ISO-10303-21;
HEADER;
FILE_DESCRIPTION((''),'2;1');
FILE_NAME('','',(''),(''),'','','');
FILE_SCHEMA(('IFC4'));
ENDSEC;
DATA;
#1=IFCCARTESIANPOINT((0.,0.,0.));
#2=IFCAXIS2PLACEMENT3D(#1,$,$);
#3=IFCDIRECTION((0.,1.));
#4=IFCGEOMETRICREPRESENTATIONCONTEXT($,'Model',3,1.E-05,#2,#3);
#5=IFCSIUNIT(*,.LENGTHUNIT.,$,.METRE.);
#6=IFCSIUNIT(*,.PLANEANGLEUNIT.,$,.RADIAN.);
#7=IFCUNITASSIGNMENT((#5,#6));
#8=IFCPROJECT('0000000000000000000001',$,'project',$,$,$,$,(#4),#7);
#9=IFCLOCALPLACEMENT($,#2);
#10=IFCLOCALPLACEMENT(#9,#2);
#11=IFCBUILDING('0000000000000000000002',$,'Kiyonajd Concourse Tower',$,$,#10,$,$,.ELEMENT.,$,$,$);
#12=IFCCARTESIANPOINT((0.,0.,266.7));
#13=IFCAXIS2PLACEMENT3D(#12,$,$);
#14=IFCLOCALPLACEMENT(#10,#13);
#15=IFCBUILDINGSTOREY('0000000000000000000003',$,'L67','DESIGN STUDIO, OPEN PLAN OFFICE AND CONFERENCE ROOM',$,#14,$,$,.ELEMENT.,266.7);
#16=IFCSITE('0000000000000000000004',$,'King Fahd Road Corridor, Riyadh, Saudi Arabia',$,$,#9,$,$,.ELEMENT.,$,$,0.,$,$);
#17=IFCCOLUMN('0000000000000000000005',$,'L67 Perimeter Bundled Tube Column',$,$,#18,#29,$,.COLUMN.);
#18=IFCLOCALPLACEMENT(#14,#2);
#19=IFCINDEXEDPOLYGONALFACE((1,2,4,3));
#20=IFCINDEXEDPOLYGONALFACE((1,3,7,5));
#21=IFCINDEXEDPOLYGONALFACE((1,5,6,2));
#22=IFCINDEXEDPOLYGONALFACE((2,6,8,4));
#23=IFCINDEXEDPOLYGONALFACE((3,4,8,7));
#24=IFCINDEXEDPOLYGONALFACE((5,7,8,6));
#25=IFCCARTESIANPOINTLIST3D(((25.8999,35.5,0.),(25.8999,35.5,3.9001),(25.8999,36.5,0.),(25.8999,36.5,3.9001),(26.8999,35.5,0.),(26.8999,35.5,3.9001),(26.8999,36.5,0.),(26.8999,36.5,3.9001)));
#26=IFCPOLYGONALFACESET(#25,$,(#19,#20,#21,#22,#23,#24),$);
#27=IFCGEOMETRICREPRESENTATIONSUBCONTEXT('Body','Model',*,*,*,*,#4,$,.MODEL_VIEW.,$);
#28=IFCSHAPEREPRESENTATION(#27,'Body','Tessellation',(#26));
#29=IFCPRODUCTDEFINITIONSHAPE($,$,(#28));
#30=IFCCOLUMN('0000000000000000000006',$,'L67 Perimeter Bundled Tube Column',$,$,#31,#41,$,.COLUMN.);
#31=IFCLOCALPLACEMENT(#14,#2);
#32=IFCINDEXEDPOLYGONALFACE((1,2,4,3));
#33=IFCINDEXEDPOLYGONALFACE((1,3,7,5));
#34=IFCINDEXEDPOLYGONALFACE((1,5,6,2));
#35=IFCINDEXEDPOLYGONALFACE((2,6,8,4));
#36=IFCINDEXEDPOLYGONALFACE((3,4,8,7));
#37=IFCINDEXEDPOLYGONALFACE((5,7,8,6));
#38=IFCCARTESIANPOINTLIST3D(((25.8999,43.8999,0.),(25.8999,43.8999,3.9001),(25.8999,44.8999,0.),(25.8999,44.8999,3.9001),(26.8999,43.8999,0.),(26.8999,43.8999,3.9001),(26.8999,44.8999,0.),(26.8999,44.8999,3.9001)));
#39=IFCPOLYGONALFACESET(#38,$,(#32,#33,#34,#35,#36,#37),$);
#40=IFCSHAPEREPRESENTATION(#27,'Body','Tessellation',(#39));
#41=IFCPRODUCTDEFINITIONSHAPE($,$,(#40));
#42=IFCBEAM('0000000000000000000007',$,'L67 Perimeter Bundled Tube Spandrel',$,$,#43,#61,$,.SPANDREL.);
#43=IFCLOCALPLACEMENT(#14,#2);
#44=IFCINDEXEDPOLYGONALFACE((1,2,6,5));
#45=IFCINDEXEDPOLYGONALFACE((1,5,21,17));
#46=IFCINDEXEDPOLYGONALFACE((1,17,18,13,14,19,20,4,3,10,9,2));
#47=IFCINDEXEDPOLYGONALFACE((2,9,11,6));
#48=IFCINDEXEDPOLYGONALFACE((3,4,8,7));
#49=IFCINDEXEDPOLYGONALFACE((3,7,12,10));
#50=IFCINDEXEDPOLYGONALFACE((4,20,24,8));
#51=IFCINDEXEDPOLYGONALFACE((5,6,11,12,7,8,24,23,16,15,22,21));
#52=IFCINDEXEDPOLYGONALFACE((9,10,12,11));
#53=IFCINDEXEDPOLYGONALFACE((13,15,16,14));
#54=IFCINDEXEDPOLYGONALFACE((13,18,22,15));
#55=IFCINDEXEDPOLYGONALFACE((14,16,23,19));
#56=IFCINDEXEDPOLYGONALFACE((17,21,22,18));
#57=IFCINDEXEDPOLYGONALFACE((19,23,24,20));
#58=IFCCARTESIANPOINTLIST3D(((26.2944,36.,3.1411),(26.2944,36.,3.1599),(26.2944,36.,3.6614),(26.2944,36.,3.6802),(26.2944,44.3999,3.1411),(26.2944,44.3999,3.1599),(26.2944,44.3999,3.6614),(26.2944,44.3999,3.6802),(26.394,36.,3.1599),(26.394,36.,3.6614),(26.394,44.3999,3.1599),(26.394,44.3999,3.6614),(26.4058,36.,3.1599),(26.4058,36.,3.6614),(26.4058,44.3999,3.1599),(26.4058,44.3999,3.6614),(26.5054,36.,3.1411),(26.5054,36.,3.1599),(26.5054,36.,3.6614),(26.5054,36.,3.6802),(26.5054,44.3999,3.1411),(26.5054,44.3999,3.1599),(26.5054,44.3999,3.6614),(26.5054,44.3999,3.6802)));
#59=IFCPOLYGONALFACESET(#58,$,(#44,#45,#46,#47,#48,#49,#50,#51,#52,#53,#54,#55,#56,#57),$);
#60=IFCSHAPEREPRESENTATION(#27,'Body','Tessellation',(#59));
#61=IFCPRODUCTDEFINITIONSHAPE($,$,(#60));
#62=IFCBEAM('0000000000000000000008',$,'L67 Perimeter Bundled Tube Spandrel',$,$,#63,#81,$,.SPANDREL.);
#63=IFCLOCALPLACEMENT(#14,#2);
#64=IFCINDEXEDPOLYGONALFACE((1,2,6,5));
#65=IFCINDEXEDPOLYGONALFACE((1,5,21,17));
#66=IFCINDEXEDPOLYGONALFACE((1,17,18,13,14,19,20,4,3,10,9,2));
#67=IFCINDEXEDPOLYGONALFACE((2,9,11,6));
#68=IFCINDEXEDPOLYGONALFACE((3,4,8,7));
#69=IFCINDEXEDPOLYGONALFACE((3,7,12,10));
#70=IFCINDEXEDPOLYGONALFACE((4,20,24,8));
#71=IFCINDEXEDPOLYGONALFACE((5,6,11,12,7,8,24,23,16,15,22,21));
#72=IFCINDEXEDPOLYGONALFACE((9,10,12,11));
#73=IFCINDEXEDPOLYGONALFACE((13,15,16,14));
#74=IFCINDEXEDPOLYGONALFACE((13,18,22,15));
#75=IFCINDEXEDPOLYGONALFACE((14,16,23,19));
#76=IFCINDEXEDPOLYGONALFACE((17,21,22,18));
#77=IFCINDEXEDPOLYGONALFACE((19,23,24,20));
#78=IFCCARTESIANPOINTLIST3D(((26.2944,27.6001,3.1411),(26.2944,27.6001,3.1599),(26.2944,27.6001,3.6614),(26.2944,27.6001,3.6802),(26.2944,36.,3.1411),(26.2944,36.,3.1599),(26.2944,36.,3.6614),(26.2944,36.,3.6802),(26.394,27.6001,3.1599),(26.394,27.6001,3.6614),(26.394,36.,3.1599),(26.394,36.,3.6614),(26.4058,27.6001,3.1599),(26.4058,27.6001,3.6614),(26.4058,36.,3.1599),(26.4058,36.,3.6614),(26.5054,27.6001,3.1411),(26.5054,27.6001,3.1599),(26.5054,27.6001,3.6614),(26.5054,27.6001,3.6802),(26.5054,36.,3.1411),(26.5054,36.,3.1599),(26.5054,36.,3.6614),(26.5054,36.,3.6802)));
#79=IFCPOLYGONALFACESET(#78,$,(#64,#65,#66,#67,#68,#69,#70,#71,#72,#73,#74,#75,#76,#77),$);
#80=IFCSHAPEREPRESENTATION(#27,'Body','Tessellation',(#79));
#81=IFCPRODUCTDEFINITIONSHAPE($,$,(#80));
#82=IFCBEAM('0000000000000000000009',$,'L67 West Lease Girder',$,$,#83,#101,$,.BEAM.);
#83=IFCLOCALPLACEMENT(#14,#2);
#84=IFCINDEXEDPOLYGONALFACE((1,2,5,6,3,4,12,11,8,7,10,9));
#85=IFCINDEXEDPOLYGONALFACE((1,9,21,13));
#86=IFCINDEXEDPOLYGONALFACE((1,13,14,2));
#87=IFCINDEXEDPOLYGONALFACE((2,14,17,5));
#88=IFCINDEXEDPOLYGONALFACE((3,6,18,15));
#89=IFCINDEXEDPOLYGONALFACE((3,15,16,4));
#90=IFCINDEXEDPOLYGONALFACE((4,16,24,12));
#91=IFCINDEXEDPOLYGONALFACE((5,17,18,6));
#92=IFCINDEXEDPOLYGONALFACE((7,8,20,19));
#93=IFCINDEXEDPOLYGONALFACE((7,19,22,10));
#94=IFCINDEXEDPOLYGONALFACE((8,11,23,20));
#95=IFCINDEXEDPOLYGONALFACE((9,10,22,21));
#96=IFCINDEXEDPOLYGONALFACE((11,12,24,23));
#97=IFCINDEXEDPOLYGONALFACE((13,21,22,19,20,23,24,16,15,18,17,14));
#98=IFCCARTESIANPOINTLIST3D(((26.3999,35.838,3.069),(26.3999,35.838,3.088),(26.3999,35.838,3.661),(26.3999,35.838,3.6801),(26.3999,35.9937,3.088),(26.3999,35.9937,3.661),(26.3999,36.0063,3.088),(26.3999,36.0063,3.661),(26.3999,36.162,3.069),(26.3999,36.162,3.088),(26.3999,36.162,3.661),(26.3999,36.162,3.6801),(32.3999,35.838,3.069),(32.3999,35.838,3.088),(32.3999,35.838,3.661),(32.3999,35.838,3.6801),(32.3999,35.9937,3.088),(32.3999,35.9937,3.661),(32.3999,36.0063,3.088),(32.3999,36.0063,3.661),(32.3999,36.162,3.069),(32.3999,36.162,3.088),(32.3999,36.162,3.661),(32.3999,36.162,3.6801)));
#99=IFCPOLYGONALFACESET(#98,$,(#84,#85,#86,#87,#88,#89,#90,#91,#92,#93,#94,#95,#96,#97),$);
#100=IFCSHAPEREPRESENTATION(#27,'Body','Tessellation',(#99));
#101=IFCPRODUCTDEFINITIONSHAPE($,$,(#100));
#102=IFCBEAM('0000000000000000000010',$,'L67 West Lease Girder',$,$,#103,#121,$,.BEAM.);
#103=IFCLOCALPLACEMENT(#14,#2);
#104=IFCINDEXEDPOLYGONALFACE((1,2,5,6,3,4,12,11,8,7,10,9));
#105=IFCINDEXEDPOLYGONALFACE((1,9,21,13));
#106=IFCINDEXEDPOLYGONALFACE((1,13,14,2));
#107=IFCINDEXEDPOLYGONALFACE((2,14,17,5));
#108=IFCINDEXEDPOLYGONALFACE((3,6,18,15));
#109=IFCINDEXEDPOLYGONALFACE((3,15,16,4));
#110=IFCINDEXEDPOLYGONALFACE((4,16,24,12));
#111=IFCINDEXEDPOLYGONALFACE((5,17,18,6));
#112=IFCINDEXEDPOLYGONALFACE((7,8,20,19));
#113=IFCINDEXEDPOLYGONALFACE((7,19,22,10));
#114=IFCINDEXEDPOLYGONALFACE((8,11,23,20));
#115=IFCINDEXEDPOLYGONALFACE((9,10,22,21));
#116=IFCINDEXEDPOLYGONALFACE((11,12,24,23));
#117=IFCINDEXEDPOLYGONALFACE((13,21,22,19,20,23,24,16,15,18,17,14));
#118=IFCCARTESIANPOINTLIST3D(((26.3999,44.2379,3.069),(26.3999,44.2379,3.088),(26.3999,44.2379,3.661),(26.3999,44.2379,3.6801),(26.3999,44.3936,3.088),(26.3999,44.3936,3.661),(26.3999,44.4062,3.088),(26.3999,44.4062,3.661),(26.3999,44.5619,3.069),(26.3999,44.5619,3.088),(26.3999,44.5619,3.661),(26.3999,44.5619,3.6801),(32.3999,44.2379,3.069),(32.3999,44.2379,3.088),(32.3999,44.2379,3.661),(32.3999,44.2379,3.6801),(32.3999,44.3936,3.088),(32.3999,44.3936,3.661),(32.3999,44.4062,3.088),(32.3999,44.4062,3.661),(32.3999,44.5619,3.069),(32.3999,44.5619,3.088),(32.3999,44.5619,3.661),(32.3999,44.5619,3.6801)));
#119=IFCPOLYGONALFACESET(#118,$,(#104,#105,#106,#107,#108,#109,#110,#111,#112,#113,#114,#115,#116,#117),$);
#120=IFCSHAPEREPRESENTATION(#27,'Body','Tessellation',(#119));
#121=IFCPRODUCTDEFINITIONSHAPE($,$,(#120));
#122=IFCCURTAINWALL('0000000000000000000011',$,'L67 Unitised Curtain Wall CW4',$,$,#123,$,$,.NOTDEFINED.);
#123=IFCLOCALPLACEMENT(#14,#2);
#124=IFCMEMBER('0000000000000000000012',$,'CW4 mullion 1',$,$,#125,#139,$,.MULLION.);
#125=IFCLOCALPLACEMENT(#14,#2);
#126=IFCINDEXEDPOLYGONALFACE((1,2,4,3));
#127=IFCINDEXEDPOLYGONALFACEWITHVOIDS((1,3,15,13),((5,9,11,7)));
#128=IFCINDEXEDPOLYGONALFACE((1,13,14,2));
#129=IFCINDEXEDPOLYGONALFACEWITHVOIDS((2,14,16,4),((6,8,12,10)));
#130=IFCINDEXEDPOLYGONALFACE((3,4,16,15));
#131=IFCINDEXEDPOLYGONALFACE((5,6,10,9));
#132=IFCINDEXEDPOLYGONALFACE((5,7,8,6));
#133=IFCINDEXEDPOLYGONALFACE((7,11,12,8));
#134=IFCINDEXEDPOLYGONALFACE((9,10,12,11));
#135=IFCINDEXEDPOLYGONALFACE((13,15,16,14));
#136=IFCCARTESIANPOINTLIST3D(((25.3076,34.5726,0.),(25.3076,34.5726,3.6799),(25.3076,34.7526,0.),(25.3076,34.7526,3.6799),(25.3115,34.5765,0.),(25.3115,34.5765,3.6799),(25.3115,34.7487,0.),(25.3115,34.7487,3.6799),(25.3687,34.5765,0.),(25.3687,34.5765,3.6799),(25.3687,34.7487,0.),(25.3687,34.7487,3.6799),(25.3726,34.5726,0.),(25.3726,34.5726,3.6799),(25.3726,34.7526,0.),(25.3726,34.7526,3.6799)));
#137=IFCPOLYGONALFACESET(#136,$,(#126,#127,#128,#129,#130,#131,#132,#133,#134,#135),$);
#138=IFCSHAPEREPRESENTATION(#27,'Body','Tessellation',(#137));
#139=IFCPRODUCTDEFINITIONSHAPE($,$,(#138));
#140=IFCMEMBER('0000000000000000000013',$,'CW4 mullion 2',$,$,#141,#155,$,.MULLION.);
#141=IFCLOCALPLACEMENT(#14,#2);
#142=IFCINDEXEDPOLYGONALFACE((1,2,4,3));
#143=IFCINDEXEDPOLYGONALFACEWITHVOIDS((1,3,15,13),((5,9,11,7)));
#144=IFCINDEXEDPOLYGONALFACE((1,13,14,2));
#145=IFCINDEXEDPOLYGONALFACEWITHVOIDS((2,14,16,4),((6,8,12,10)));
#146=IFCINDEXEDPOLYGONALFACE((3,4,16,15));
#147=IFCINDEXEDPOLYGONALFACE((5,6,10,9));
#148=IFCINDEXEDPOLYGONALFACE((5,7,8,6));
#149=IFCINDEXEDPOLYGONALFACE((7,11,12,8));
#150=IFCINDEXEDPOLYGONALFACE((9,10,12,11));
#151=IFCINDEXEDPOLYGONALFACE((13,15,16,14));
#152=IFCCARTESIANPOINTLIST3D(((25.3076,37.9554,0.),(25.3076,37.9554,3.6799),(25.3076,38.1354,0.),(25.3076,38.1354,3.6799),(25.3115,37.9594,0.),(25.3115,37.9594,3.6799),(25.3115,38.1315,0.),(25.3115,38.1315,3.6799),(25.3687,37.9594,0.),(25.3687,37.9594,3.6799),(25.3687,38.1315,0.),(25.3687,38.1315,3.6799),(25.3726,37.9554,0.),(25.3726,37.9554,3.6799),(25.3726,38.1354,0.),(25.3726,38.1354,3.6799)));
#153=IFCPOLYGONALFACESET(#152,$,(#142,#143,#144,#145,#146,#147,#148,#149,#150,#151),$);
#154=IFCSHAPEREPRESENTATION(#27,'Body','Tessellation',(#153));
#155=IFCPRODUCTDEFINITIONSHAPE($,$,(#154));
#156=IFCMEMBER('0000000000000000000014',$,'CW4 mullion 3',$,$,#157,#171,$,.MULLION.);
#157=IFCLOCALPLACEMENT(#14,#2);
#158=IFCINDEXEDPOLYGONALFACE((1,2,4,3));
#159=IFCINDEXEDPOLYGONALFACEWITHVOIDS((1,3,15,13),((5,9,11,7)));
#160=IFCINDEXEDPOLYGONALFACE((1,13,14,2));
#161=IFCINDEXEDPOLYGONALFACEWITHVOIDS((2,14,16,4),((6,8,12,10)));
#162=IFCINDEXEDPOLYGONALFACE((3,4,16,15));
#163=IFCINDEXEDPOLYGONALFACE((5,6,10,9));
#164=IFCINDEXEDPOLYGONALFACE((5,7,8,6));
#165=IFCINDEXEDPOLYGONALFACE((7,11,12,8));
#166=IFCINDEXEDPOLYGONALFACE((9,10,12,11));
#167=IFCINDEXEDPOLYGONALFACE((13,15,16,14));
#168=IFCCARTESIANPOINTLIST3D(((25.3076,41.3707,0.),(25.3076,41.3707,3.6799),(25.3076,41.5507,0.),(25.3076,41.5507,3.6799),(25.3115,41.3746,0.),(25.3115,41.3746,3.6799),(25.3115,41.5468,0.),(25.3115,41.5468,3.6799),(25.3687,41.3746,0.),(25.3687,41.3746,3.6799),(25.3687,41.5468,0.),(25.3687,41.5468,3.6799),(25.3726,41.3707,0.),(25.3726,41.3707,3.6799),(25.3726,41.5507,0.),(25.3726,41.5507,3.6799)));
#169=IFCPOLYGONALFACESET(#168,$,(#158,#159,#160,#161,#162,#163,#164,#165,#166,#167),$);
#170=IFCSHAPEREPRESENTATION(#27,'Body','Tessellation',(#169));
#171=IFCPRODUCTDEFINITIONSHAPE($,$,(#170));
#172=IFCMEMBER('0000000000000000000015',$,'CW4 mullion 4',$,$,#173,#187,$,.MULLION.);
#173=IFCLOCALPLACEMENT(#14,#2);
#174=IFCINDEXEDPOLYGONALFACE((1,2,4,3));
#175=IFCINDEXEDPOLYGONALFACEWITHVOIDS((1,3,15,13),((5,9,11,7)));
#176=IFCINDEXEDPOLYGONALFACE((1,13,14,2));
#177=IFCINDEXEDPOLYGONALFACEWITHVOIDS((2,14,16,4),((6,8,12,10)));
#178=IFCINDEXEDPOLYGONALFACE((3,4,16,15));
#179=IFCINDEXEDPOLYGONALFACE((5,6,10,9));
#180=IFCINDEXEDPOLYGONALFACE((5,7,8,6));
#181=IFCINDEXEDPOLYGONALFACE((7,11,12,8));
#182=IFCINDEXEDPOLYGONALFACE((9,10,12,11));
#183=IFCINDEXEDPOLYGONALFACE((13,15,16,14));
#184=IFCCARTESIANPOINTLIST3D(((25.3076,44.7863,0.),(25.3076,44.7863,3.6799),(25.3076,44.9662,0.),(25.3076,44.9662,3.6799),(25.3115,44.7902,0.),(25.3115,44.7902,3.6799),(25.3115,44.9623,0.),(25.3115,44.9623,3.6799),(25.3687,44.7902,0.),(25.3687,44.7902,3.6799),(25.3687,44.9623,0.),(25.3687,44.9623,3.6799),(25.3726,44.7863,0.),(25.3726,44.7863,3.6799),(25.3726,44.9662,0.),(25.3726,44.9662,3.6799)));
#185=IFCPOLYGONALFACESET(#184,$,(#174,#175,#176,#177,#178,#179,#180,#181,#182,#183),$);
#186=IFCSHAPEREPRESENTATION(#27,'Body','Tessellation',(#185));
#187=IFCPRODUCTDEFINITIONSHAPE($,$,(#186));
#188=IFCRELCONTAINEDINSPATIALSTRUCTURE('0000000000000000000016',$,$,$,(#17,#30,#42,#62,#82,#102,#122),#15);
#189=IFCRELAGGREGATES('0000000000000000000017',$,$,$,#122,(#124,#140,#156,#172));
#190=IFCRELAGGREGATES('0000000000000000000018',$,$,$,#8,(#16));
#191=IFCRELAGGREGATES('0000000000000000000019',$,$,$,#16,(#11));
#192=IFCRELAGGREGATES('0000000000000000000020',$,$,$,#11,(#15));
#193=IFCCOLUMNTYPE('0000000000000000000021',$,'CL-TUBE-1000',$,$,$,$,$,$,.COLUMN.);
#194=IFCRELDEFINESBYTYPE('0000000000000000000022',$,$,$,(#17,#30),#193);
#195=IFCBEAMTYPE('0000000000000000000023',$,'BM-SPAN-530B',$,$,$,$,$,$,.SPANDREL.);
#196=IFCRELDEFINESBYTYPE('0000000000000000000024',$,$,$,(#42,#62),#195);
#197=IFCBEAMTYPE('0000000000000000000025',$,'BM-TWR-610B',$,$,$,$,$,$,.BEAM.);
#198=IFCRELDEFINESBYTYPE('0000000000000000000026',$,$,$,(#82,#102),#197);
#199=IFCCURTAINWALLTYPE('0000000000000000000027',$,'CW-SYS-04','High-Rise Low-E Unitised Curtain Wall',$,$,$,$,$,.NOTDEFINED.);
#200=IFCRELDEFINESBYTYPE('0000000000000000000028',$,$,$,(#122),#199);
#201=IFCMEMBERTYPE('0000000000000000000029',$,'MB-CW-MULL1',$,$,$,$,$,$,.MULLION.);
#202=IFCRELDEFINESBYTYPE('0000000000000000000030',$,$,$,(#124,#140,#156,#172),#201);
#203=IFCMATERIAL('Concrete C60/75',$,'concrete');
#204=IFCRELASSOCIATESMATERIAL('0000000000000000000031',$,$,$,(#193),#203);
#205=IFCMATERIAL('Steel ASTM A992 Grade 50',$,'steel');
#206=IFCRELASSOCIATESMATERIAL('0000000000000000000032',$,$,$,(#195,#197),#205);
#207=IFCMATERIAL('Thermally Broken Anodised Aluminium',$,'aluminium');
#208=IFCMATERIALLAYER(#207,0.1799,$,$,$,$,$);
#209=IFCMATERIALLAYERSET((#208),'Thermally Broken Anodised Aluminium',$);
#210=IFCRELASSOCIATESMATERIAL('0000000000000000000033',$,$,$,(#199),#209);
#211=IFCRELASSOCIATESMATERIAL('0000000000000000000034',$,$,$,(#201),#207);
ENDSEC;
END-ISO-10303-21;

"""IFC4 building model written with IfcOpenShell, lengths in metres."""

from ifc_helpers import new_model, si_unit, direction, frame, origin, origin_2d, place, context, subcontext, project, spatial, rectangle, hollow_rectangle, i_section, extrude, material, layer, layer_set, material_profile, profile_set, type_object, element, aggregate, save


model = new_model("IFC4")

# Units and contexts
model_context = context("Model", 3, precision=1e-05, world=origin(), true_north=direction((0.0, 1.0)))
body_context = subcontext(model_context, "Body", "Model", "MODEL_VIEW")
ifc_project = project(units=[si_unit("LENGTHUNIT", "METRE"), si_unit("PLANEANGLEUNIT", "RADIAN")], contexts=[model_context])

# Site, building, storey
site_placement = place(None, origin())
site = spatial("IfcSite", under=ifc_project, at=site_placement, Name="King Fahd Road Corridor, Riyadh, Saudi Arabia", CompositionType="ELEMENT", RefElevation=0.0)
building_placement = place(site_placement, origin())
building = spatial("IfcBuilding", under=site, at=building_placement, Name="Kiyonajd Concourse Tower", CompositionType="ELEMENT")
storey_placement = place(building_placement, frame((0.0, 0.0, 266.7)))
storey = spatial("IfcBuildingStorey", under=building, at=storey_placement, Name="L67", Description="DESIGN STUDIO, OPEN PLAN OFFICE AND CONFERENCE ROOM", CompositionType="ELEMENT", Elevation=266.7)

# Columns
ifc_material_1 = material(Name="Concrete C60/75", Category="concrete")
ifc_material_profile_1 = material_profile(ifc_material_1, rectangle(XDim=1.0, YDim=1.0, at=origin_2d()), Name="RC-1000x1000")
ifc_profile_set_1 = profile_set([ifc_material_profile_1], Name="Concrete C60/75")
column_type = type_object("IfcColumnType", Name="CL-TUBE-1000", PredefinedType="COLUMN", material=ifc_profile_set_1)
for number, where, z_axis, x_axis, name in (
    (1, (26.3999, 36.0, 0.0), (0.0, 0.0, 1.0), (1.0, 0.0, 0.0), "L67 Perimeter Bundled Tube Column"),
    (2, (26.3999, 44.3999, 0.0), (0.0, 0.0, 1.0), (1.0, 0.0, 0.0), "L67 Perimeter Bundled Tube Column"),
):
    element("IfcColumn", number, at=place(storey_placement, frame(where, z_axis=z_axis, x_axis=x_axis)), inside=storey, type_object=column_type, Name=name, PredefinedType="COLUMN", context=body_context, shape_type="SweptSolid", body=[
        extrude(rectangle(XDim=1.0, YDim=1.0, at=origin_2d()), origin(), (0.0, 0.0, 1.0), 3.9001),
    ])

# Beams
ifc_material_2 = material(Name="Steel ASTM A992 Grade 50", Category="steel")
ifc_material_profile_2 = material_profile(ifc_material_2, i_section(OverallWidth=0.2109, OverallDepth=0.5391, WebThickness=0.0117, FlangeThickness=0.0188, at=origin_2d()), Name="W530X109")
ifc_profile_set_2 = profile_set([ifc_material_profile_2], Name="Steel ASTM A992 Grade 50")
beam_type_1 = type_object("IfcBeamType", Name="BM-SPAN-530B", PredefinedType="SPANDREL", material=ifc_profile_set_2)
for number, where, z_axis, x_axis, name in (
    (3, (26.3999, 44.3999, 3.4106), (0.0, -1.0, 0.0), (1.0, 0.0, 0.0), "L67 Perimeter Bundled Tube Spandrel"),
    (4, (26.3999, 36.0, 3.4106), (0.0, -1.0, 0.0), (1.0, 0.0, 0.0), "L67 Perimeter Bundled Tube Spandrel"),
):
    element("IfcBeam", number, at=place(storey_placement, frame(where, z_axis=z_axis, x_axis=x_axis)), inside=storey, type_object=beam_type_1, Name=name, PredefinedType="SPANDREL", context=body_context, shape_type="SweptSolid", body=[
        extrude(i_section(OverallWidth=0.2109, OverallDepth=0.5391, WebThickness=0.0117, FlangeThickness=0.0188, at=origin_2d()), origin(), (0.0, 0.0, 1.0), 8.3999),
    ])
ifc_material_profile_3 = material_profile(ifc_material_2, i_section(OverallWidth=0.324, OverallDepth=0.6111, WebThickness=0.0127, FlangeThickness=0.019, at=origin_2d()), Name="W610X155")
ifc_profile_set_3 = profile_set([ifc_material_profile_3], Name="Steel ASTM A992 Grade 50")
beam_type_2 = type_object("IfcBeamType", Name="BM-TWR-610B", PredefinedType="BEAM", material=ifc_profile_set_3)
for number, where, z_axis, x_axis, name in (
    (5, (26.3999, 36.0, 3.3745), (1.0, 0.0, 0.0), (0.0, 1.0, 0.0), "L67 West Lease Girder"),
    (6, (26.3999, 44.3999, 3.3745), (1.0, 0.0, 0.0), (0.0, 1.0, 0.0), "L67 West Lease Girder"),
):
    element("IfcBeam", number, at=place(storey_placement, frame(where, z_axis=z_axis, x_axis=x_axis)), inside=storey, type_object=beam_type_2, Name=name, PredefinedType="BEAM", context=body_context, shape_type="SweptSolid", body=[
        extrude(i_section(OverallWidth=0.324, OverallDepth=0.6111, WebThickness=0.0127, FlangeThickness=0.019, at=origin_2d()), origin(), (0.0, 0.0, 1.0), 6.0),
    ])

# Curtain wall, members
ifc_material_3 = material(Name="Thermally Broken Anodised Aluminium", Category="aluminium")
ifc_layer_1 = layer(ifc_material_3, 0.1799)
ifc_layer_set_1 = layer_set([ifc_layer_1], Name="Thermally Broken Anodised Aluminium")
curtain_wall_type = type_object("IfcCurtainWallType", Name="CW-SYS-04", Description="High-Rise Low-E Unitised Curtain Wall", PredefinedType="NOTDEFINED", material=ifc_layer_set_1)
curtain_wall_placement = place(storey_placement, origin())
curtain_wall = element("IfcCurtainWall", 7, at=curtain_wall_placement, inside=storey, type_object=curtain_wall_type, Name="L67 Unitised Curtain Wall CW4", PredefinedType="NOTDEFINED")
ifc_material_profile_4 = material_profile(ifc_material_3, hollow_rectangle(XDim=0.0649, YDim=0.1799, WallThickness=0.0039, at=origin_2d()), Name="MULL-65x180")
ifc_profile_set_4 = profile_set([ifc_material_profile_4], Name="Thermally Broken Anodised Aluminium")
member_type_1 = type_object("IfcMemberType", Name="MB-CW-MULL1", PredefinedType="MULLION", material=ifc_profile_set_4)
member_1_placement = place(storey_placement, frame((25.3401, 34.6626, 0.0), z_axis=(0.0, 0.0, 1.0), x_axis=(-1.0, 0.0, 0.0)))
member_1 = element("IfcMember", 8, at=member_1_placement, type_object=member_type_1, Name="CW4 mullion 1", PredefinedType="MULLION", context=body_context, shape_type="SweptSolid", body=[
    extrude(hollow_rectangle(XDim=0.0649, YDim=0.1799, WallThickness=0.0039, at=origin_2d()), origin(), (0.0, 0.0, 1.0), 3.6799),
])
member_2_placement = place(storey_placement, frame((25.3401, 38.0454, 0.0), z_axis=(0.0, 0.0, 1.0), x_axis=(-1.0, 0.0, 0.0)))
member_2 = element("IfcMember", 9, at=member_2_placement, type_object=member_type_1, Name="CW4 mullion 2", PredefinedType="MULLION", context=body_context, shape_type="SweptSolid", body=[
    extrude(hollow_rectangle(XDim=0.0649, YDim=0.1799, WallThickness=0.0039, at=origin_2d()), origin(), (0.0, 0.0, 1.0), 3.6799),
])
member_3_placement = place(storey_placement, frame((25.3401, 41.4607, 0.0), z_axis=(0.0, 0.0, 1.0), x_axis=(-1.0, 0.0, 0.0)))
member_3 = element("IfcMember", 10, at=member_3_placement, type_object=member_type_1, Name="CW4 mullion 3", PredefinedType="MULLION", context=body_context, shape_type="SweptSolid", body=[
    extrude(hollow_rectangle(XDim=0.0649, YDim=0.1799, WallThickness=0.0039, at=origin_2d()), origin(), (0.0, 0.0, 1.0), 3.6799),
])
member_4_placement = place(storey_placement, frame((25.3401, 44.8762, 0.0), z_axis=(0.0, 0.0, 1.0), x_axis=(-1.0, 0.0, 0.0)))
member_4 = element("IfcMember", 11, at=member_4_placement, type_object=member_type_1, Name="CW4 mullion 4", PredefinedType="MULLION", context=body_context, shape_type="SweptSolid", body=[
    extrude(hollow_rectangle(XDim=0.0649, YDim=0.1799, WallThickness=0.0039, at=origin_2d()), origin(), (0.0, 0.0, 1.0), 3.6799),
])

aggregate(curtain_wall, [member_1, member_2, member_3, member_4])

save(model, "model.ifc")
